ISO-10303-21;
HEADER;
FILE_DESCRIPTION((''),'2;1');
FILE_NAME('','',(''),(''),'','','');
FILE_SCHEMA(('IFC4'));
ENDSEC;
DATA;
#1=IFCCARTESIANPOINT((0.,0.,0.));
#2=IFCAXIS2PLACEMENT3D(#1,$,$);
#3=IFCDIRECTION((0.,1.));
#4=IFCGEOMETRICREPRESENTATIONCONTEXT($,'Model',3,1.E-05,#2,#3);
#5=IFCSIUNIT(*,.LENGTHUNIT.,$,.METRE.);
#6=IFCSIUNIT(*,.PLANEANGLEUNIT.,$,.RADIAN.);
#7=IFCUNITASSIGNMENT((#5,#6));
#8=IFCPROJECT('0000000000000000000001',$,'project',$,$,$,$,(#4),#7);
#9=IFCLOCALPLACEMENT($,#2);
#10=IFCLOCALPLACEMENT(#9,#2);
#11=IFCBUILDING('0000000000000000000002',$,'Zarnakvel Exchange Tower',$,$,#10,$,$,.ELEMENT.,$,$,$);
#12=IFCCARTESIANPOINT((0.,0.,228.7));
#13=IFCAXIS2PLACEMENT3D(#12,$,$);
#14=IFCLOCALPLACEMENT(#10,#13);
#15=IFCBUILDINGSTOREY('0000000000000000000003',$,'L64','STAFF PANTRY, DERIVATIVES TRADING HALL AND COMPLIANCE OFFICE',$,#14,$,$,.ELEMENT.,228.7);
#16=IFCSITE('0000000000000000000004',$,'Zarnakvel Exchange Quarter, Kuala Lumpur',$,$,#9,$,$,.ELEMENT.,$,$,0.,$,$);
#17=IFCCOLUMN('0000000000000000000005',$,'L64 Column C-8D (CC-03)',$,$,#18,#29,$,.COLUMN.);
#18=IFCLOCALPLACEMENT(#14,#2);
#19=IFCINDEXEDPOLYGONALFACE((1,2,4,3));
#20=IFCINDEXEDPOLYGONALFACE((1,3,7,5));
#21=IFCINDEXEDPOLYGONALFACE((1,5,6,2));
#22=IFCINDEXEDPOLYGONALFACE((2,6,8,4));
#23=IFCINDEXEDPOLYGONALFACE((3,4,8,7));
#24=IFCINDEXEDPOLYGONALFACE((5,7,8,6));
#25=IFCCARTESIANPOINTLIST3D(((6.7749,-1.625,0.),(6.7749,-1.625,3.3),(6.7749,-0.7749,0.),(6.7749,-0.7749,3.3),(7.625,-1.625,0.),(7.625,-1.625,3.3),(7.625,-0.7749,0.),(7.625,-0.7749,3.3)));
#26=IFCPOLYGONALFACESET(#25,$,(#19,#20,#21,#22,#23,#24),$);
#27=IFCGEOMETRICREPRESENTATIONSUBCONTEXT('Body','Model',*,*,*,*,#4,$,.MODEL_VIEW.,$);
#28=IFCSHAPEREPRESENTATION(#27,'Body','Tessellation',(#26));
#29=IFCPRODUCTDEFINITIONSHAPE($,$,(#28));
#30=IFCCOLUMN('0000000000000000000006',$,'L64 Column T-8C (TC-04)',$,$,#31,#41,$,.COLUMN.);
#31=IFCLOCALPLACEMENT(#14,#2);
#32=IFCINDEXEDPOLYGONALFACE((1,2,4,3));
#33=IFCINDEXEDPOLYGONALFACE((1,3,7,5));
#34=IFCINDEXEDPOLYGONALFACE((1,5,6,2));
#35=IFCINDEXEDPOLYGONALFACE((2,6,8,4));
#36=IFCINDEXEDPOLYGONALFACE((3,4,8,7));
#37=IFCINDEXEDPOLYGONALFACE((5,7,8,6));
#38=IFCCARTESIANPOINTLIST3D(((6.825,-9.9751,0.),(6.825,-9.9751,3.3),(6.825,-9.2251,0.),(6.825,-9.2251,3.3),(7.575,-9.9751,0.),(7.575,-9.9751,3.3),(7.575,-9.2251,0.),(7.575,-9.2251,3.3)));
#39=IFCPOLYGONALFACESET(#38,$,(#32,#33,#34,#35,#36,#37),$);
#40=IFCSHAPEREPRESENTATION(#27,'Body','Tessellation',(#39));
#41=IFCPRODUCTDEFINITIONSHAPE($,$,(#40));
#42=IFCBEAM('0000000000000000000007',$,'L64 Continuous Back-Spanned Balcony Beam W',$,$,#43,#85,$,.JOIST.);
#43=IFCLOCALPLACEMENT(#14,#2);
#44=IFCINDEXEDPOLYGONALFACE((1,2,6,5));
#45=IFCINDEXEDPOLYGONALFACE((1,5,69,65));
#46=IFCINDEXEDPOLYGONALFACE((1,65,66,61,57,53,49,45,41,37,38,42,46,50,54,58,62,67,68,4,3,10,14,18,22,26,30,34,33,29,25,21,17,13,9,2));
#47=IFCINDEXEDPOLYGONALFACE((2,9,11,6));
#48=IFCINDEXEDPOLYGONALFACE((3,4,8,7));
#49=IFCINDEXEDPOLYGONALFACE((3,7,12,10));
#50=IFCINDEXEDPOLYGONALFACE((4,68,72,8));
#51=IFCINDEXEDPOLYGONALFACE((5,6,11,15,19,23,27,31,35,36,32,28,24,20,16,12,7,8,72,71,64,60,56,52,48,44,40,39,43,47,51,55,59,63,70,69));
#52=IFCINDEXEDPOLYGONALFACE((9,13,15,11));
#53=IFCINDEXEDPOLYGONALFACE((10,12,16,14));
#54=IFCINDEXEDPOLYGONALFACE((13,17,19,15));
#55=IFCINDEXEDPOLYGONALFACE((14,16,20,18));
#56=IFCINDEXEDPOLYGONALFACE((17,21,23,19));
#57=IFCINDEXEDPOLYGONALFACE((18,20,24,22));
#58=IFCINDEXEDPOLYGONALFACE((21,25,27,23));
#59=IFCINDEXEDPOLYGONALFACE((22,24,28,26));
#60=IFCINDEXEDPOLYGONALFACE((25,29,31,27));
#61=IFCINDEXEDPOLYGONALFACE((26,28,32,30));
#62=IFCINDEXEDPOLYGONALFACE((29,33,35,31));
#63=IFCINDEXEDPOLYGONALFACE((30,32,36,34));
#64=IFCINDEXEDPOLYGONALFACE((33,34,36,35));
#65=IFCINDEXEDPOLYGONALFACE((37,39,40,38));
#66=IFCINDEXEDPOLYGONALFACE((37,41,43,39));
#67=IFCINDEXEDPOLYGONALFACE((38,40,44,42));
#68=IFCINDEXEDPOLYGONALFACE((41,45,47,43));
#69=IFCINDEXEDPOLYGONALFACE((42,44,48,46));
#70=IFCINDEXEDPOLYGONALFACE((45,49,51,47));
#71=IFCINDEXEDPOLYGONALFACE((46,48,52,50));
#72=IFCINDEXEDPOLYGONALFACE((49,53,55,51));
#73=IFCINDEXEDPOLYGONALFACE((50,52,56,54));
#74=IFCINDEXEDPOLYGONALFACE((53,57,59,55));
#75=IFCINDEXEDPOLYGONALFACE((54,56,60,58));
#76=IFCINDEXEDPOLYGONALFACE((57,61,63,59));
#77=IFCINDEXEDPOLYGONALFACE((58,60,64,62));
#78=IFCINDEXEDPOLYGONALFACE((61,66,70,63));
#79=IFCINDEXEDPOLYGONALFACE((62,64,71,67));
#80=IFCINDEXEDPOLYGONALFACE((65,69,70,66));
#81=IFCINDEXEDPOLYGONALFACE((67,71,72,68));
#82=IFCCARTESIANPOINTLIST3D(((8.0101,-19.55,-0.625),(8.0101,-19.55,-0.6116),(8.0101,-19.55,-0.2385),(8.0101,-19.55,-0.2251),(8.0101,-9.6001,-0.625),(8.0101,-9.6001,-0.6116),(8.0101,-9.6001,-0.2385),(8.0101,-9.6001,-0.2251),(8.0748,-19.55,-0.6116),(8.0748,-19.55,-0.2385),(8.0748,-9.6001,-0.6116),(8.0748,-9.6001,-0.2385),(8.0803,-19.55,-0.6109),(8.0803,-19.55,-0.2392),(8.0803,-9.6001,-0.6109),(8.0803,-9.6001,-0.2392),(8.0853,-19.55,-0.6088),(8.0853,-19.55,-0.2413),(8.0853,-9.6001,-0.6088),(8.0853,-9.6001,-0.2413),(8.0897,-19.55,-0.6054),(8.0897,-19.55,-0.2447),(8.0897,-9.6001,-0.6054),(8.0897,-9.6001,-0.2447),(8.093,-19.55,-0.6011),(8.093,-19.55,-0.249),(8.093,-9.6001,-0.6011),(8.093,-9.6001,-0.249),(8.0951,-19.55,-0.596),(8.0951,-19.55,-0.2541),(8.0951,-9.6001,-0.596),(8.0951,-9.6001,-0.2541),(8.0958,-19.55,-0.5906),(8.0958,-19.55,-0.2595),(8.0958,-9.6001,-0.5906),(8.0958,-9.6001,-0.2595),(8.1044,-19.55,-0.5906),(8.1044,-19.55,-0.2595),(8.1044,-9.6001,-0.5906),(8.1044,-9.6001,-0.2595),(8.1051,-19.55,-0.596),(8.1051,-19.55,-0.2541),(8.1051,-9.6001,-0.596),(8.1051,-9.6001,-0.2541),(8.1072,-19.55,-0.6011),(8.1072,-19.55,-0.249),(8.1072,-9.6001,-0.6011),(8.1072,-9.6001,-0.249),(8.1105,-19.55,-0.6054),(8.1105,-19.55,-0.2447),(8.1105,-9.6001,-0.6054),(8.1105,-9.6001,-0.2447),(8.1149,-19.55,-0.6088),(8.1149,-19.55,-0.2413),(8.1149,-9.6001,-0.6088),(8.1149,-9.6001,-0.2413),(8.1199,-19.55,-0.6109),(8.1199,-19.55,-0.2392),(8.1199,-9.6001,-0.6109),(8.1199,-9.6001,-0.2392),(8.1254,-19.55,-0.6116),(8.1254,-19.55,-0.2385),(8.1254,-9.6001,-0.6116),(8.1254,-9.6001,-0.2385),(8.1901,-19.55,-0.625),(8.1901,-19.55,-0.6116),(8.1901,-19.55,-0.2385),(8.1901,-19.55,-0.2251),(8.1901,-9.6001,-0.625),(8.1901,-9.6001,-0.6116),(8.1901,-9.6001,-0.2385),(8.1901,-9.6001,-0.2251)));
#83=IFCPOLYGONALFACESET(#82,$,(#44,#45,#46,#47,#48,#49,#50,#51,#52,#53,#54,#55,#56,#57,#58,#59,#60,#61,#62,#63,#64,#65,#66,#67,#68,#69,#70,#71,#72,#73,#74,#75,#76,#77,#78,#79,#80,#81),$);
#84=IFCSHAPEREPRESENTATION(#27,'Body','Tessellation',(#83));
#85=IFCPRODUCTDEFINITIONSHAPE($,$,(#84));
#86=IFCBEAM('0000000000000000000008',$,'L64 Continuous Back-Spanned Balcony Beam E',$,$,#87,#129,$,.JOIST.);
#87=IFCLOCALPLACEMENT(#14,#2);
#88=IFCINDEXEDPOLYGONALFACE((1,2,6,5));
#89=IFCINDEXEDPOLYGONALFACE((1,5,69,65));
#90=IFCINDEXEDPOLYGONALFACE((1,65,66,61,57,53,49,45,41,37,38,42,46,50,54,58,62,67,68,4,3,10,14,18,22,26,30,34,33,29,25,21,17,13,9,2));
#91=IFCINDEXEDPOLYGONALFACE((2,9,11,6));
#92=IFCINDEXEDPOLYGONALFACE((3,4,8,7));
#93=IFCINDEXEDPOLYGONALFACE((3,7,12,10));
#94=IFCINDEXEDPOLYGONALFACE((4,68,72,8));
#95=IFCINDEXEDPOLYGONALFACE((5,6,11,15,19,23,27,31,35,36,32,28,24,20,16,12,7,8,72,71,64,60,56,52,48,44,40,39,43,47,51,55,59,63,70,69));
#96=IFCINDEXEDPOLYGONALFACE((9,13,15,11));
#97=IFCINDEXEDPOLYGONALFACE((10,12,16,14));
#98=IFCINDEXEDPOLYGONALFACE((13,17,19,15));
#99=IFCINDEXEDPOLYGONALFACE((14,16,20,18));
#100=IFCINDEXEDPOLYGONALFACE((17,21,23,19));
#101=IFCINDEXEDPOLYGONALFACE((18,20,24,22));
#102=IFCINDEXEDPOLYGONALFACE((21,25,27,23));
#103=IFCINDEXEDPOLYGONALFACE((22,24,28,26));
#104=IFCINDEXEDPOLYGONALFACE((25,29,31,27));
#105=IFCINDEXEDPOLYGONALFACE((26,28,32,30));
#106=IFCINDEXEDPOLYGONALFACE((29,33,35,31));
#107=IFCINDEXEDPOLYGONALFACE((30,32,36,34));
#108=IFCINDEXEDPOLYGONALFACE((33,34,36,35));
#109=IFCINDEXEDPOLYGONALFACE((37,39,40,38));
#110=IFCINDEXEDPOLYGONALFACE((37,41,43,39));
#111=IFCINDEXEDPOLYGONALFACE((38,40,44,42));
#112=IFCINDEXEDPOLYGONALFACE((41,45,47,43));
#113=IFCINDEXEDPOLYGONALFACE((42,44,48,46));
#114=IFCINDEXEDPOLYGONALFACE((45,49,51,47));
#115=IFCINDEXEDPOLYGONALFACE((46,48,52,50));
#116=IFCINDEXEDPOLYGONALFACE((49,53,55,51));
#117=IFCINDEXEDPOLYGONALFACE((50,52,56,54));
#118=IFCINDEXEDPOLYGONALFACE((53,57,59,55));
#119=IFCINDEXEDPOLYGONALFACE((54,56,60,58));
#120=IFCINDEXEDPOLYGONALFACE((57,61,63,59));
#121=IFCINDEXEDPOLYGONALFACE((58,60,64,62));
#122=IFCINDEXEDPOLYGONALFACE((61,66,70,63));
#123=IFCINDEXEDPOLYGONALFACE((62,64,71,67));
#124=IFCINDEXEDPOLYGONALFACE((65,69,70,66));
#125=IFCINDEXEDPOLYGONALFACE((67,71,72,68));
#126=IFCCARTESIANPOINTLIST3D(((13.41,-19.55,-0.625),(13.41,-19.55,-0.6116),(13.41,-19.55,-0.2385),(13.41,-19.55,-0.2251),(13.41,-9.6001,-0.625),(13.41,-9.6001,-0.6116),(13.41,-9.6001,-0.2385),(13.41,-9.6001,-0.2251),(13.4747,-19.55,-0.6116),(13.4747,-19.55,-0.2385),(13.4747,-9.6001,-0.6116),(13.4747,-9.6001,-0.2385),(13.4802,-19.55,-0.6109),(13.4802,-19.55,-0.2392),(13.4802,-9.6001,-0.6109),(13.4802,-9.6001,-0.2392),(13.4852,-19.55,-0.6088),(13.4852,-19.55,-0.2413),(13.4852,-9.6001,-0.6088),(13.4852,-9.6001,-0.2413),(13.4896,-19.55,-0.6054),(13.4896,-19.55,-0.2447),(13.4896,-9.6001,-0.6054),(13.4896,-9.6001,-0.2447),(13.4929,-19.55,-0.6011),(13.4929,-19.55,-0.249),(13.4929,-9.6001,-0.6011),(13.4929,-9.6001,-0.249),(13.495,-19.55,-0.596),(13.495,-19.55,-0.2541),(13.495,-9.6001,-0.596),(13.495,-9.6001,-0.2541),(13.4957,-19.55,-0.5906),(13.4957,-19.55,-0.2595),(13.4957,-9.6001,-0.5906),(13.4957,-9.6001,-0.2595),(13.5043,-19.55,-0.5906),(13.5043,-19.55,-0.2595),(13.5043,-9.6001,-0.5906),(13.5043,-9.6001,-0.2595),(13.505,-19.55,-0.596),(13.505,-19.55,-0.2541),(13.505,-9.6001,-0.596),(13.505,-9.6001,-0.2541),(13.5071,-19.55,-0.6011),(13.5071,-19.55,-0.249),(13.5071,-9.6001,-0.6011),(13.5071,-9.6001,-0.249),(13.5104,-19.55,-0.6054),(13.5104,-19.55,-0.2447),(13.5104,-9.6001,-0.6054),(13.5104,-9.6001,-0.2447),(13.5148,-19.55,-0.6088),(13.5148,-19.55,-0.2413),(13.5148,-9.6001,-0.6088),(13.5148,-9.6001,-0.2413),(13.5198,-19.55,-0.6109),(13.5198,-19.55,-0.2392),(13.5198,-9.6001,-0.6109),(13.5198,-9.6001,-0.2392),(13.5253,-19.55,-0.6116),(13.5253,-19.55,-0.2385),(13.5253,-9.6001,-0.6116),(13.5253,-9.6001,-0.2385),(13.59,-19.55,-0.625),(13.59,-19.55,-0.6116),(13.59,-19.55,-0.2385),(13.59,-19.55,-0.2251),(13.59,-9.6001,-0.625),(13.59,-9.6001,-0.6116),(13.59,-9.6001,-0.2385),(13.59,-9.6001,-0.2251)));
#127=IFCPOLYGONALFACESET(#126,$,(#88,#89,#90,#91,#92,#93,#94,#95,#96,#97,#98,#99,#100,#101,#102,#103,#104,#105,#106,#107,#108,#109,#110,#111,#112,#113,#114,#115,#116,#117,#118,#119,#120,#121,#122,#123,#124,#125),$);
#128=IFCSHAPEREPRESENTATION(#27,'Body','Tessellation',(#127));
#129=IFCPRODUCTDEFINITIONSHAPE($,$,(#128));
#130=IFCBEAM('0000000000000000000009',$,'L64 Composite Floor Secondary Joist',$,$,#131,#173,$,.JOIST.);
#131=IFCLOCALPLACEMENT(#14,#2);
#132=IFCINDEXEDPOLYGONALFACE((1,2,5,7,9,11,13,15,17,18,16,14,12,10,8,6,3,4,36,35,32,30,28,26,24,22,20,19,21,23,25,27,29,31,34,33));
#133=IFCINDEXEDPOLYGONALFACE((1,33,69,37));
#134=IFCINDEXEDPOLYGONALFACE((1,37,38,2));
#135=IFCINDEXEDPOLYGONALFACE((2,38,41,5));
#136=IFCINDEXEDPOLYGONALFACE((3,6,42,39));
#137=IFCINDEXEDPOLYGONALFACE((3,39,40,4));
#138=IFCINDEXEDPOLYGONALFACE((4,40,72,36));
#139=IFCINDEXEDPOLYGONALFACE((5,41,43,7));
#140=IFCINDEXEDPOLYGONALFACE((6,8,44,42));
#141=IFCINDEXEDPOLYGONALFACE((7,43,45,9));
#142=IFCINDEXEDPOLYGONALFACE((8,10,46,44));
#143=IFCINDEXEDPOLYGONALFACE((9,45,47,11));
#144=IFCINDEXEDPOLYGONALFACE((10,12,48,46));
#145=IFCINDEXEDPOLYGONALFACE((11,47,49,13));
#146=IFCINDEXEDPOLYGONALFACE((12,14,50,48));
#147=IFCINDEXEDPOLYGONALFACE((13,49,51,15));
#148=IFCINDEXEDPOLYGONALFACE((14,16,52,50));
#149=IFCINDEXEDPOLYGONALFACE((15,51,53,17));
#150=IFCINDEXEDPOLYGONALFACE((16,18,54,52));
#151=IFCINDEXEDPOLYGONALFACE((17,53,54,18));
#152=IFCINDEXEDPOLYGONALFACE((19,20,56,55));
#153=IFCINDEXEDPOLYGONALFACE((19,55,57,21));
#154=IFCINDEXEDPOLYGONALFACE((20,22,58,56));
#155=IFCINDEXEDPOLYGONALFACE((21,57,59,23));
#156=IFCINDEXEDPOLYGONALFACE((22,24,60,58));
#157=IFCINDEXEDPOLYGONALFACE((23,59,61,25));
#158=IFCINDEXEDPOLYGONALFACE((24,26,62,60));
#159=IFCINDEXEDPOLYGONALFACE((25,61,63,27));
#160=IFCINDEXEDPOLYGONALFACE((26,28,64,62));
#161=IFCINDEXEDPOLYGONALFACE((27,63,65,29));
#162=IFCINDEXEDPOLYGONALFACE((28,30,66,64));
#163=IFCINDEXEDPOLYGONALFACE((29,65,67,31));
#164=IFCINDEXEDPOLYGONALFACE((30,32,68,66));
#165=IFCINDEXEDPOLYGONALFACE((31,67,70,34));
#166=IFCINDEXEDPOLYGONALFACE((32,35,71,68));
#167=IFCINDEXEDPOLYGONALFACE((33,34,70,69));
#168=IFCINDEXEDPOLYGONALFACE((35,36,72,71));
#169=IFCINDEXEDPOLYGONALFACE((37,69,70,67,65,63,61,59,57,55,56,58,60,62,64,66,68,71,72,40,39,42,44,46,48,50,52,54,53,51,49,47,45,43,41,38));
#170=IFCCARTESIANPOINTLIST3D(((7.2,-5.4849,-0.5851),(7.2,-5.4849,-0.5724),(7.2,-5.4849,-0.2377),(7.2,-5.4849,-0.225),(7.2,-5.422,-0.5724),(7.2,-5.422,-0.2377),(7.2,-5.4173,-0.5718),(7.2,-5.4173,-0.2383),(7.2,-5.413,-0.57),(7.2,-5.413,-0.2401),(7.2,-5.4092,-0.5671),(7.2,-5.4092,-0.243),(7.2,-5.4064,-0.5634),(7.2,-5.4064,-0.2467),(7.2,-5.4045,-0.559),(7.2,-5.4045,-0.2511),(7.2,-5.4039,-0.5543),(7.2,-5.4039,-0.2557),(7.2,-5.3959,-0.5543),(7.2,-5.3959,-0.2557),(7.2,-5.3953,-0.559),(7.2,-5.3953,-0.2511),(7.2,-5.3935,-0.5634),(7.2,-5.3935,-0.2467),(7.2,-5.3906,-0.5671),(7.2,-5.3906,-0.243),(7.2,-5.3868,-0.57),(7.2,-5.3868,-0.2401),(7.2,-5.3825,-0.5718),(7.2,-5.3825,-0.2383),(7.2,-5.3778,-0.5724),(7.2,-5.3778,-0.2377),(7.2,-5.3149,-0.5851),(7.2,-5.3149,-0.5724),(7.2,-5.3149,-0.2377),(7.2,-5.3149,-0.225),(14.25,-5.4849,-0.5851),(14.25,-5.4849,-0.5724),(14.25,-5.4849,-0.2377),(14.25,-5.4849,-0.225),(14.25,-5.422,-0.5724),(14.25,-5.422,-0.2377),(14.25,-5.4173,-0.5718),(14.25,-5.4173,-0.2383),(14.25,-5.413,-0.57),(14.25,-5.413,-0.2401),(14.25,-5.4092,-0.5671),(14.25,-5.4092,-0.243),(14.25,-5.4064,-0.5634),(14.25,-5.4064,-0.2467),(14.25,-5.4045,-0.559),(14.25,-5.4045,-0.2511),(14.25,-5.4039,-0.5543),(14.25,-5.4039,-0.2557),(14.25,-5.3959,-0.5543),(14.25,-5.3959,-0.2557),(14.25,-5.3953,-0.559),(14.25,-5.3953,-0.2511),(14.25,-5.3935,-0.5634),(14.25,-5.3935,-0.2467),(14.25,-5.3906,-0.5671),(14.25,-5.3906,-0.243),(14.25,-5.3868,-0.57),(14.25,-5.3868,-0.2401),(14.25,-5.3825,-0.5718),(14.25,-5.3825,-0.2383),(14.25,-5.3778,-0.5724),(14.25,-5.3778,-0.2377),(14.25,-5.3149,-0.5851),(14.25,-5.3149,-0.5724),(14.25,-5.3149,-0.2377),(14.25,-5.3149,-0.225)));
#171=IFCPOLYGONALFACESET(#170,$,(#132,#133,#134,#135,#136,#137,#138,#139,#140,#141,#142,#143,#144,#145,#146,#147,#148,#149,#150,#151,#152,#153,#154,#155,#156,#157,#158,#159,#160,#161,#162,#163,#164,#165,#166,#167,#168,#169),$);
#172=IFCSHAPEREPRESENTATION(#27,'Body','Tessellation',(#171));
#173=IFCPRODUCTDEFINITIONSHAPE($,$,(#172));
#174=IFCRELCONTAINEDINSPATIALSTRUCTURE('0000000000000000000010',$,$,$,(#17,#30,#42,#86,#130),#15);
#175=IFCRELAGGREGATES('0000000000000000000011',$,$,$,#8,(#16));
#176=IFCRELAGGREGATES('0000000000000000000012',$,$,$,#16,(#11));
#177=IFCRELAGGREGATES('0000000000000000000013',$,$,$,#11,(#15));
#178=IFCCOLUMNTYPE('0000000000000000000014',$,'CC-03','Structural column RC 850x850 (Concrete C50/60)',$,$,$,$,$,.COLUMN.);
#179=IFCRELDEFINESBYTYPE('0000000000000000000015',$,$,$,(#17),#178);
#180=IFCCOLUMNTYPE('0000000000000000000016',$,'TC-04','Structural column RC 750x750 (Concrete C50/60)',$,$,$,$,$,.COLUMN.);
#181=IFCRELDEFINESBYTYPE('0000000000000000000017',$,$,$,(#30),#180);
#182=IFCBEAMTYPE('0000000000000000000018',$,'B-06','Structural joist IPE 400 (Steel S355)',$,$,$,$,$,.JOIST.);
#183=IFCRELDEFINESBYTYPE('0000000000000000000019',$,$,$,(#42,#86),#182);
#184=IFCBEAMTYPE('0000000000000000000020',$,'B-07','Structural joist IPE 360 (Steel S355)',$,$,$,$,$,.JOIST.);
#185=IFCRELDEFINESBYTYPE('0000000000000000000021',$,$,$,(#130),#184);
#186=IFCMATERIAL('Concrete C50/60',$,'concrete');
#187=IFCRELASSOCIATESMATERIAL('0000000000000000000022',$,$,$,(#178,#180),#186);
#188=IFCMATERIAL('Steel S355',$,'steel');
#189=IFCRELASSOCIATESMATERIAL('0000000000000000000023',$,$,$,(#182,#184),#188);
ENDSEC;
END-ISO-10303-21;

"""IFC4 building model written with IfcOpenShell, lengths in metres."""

from ifc_helpers import new_model, si_unit, direction, frame, origin, origin_2d, place, context, subcontext, project, spatial, rectangle, i_section, extrude, material, material_profile, profile_set, type_object, element, save


model = new_model("IFC4")

# Units and contexts
model_context = context("Model", 3, precision=1e-05, world=origin(), true_north=direction((0.0, 1.0)))
body_context = subcontext(model_context, "Body", "Model", "MODEL_VIEW")
ifc_project = project(units=[si_unit("LENGTHUNIT", "METRE"), si_unit("PLANEANGLEUNIT", "RADIAN")], contexts=[model_context])

# Site, building, storey
site_placement = place(None, origin())
site = spatial("IfcSite", under=ifc_project, at=site_placement, Name="Zarnakvel Exchange Quarter, Kuala Lumpur", CompositionType="ELEMENT", RefElevation=0.0)
building_placement = place(site_placement, origin())
building = spatial("IfcBuilding", under=site, at=building_placement, Name="Zarnakvel Exchange Tower", CompositionType="ELEMENT")
storey_placement = place(building_placement, frame((0.0, 0.0, 228.7)))
storey = spatial("IfcBuildingStorey", under=building, at=storey_placement, Name="L64", Description="STAFF PANTRY, DERIVATIVES TRADING HALL AND COMPLIANCE OFFICE", CompositionType="ELEMENT", Elevation=228.7)

# Columns
ifc_material_1 = material(Name="Concrete C50/60", Category="concrete")
ifc_material_profile_1 = material_profile(ifc_material_1, rectangle(XDim=0.8501, YDim=0.8501, at=origin_2d()))
ifc_profile_set_1 = profile_set([ifc_material_profile_1], Name="Concrete C50/60")
column_type_1 = type_object("IfcColumnType", Name="CC-03", Description="Structural column RC 850x850 (Concrete C50/60)", PredefinedType="COLUMN", material=ifc_profile_set_1)
column_1_placement = place(storey_placement, frame((7.2, -1.2, 0.0), z_axis=(0.0, 0.0, 1.0), x_axis=(1.0, 0.0, 0.0)))
element("IfcColumn", 1, at=column_1_placement, inside=storey, type_object=column_type_1, Name="L64 Column C-8D (CC-03)", PredefinedType="COLUMN", context=body_context, shape_type="SweptSolid", body=[
    extrude(rectangle(XDim=0.8501, YDim=0.8501, at=origin_2d()), origin(), (0.0, 0.0, 1.0), 3.3),
])
ifc_material_profile_2 = material_profile(ifc_material_1, rectangle(XDim=0.75, YDim=0.75, at=origin_2d()))
ifc_profile_set_2 = profile_set([ifc_material_profile_2], Name="Concrete C50/60")
column_type_2 = type_object("IfcColumnType", Name="TC-04", Description="Structural column RC 750x750 (Concrete C50/60)", PredefinedType="COLUMN", material=ifc_profile_set_2)
column_2_placement = place(storey_placement, frame((7.2, -9.6001, 0.0), z_axis=(0.0, 0.0, 1.0), x_axis=(1.0, 0.0, 0.0)))
element("IfcColumn", 2, at=column_2_placement, inside=storey, type_object=column_type_2, Name="L64 Column T-8C (TC-04)", PredefinedType="COLUMN", context=body_context, shape_type="SweptSolid", body=[
    extrude(rectangle(XDim=0.75, YDim=0.75, at=origin_2d()), origin(), (0.0, 0.0, 1.0), 3.3),
])

# Beams
ifc_material_2 = material(Name="Steel S355", Category="steel")
ifc_material_profile_3 = material_profile(ifc_material_2, i_section(OverallWidth=0.1799, OverallDepth=0.3999, WebThickness=0.0085, FlangeThickness=0.0134, FilletRadius=0.021, at=origin_2d()))
ifc_profile_set_3 = profile_set([ifc_material_profile_3], Name="Steel S355")
beam_type_1 = type_object("IfcBeamType", Name="B-06", Description="Structural joist IPE 400 (Steel S355)", PredefinedType="JOIST", material=ifc_profile_set_3)
for number, where, z_axis, x_axis, name in (
    (3, (8.1001, -9.6001, -0.425), (0.0, -1.0, 0.0), (1.0, 0.0, 0.0), "L64 Continuous Back-Spanned Balcony Beam W"),
    (4, (13.5, -9.6001, -0.425), (0.0, -1.0, 0.0), (1.0, 0.0, 0.0), "L64 Continuous Back-Spanned Balcony Beam E"),
):
    element("IfcBeam", number, at=place(storey_placement, frame(where, z_axis=z_axis, x_axis=x_axis)), inside=storey, type_object=beam_type_1, Name=name, PredefinedType="JOIST", context=body_context, shape_type="SweptSolid", body=[
        extrude(i_section(OverallWidth=0.1799, OverallDepth=0.3999, WebThickness=0.0085, FlangeThickness=0.0134, FilletRadius=0.021, at=origin_2d()), origin(), (0.0, 0.0, 1.0), 9.95),
    ])
ifc_material_profile_4 = material_profile(ifc_material_2, i_section(OverallWidth=0.1699, OverallDepth=0.3601, WebThickness=0.0081, FlangeThickness=0.0127, FilletRadius=0.0181, at=origin_2d()))
ifc_profile_set_4 = profile_set([ifc_material_profile_4], Name="Steel S355")
beam_type_2 = type_object("IfcBeamType", Name="B-07", Description="Structural joist IPE 360 (Steel S355)", PredefinedType="JOIST", material=ifc_profile_set_4)
beam_1_placement = place(storey_placement, frame((7.2, -5.3999, -0.405), z_axis=(1.0, 0.0, 0.0), x_axis=(0.0, 1.0, 0.0)))
element("IfcBeam", 5, at=beam_1_placement, inside=storey, type_object=beam_type_2, Name="L64 Composite Floor Secondary Joist", PredefinedType="JOIST", context=body_context, shape_type="SweptSolid", body=[
    extrude(i_section(OverallWidth=0.1699, OverallDepth=0.3601, WebThickness=0.0081, FlangeThickness=0.0127, FilletRadius=0.0181, at=origin_2d()), origin(), (0.0, 0.0, 1.0), 7.05),
])

save(model, "model.ifc")
